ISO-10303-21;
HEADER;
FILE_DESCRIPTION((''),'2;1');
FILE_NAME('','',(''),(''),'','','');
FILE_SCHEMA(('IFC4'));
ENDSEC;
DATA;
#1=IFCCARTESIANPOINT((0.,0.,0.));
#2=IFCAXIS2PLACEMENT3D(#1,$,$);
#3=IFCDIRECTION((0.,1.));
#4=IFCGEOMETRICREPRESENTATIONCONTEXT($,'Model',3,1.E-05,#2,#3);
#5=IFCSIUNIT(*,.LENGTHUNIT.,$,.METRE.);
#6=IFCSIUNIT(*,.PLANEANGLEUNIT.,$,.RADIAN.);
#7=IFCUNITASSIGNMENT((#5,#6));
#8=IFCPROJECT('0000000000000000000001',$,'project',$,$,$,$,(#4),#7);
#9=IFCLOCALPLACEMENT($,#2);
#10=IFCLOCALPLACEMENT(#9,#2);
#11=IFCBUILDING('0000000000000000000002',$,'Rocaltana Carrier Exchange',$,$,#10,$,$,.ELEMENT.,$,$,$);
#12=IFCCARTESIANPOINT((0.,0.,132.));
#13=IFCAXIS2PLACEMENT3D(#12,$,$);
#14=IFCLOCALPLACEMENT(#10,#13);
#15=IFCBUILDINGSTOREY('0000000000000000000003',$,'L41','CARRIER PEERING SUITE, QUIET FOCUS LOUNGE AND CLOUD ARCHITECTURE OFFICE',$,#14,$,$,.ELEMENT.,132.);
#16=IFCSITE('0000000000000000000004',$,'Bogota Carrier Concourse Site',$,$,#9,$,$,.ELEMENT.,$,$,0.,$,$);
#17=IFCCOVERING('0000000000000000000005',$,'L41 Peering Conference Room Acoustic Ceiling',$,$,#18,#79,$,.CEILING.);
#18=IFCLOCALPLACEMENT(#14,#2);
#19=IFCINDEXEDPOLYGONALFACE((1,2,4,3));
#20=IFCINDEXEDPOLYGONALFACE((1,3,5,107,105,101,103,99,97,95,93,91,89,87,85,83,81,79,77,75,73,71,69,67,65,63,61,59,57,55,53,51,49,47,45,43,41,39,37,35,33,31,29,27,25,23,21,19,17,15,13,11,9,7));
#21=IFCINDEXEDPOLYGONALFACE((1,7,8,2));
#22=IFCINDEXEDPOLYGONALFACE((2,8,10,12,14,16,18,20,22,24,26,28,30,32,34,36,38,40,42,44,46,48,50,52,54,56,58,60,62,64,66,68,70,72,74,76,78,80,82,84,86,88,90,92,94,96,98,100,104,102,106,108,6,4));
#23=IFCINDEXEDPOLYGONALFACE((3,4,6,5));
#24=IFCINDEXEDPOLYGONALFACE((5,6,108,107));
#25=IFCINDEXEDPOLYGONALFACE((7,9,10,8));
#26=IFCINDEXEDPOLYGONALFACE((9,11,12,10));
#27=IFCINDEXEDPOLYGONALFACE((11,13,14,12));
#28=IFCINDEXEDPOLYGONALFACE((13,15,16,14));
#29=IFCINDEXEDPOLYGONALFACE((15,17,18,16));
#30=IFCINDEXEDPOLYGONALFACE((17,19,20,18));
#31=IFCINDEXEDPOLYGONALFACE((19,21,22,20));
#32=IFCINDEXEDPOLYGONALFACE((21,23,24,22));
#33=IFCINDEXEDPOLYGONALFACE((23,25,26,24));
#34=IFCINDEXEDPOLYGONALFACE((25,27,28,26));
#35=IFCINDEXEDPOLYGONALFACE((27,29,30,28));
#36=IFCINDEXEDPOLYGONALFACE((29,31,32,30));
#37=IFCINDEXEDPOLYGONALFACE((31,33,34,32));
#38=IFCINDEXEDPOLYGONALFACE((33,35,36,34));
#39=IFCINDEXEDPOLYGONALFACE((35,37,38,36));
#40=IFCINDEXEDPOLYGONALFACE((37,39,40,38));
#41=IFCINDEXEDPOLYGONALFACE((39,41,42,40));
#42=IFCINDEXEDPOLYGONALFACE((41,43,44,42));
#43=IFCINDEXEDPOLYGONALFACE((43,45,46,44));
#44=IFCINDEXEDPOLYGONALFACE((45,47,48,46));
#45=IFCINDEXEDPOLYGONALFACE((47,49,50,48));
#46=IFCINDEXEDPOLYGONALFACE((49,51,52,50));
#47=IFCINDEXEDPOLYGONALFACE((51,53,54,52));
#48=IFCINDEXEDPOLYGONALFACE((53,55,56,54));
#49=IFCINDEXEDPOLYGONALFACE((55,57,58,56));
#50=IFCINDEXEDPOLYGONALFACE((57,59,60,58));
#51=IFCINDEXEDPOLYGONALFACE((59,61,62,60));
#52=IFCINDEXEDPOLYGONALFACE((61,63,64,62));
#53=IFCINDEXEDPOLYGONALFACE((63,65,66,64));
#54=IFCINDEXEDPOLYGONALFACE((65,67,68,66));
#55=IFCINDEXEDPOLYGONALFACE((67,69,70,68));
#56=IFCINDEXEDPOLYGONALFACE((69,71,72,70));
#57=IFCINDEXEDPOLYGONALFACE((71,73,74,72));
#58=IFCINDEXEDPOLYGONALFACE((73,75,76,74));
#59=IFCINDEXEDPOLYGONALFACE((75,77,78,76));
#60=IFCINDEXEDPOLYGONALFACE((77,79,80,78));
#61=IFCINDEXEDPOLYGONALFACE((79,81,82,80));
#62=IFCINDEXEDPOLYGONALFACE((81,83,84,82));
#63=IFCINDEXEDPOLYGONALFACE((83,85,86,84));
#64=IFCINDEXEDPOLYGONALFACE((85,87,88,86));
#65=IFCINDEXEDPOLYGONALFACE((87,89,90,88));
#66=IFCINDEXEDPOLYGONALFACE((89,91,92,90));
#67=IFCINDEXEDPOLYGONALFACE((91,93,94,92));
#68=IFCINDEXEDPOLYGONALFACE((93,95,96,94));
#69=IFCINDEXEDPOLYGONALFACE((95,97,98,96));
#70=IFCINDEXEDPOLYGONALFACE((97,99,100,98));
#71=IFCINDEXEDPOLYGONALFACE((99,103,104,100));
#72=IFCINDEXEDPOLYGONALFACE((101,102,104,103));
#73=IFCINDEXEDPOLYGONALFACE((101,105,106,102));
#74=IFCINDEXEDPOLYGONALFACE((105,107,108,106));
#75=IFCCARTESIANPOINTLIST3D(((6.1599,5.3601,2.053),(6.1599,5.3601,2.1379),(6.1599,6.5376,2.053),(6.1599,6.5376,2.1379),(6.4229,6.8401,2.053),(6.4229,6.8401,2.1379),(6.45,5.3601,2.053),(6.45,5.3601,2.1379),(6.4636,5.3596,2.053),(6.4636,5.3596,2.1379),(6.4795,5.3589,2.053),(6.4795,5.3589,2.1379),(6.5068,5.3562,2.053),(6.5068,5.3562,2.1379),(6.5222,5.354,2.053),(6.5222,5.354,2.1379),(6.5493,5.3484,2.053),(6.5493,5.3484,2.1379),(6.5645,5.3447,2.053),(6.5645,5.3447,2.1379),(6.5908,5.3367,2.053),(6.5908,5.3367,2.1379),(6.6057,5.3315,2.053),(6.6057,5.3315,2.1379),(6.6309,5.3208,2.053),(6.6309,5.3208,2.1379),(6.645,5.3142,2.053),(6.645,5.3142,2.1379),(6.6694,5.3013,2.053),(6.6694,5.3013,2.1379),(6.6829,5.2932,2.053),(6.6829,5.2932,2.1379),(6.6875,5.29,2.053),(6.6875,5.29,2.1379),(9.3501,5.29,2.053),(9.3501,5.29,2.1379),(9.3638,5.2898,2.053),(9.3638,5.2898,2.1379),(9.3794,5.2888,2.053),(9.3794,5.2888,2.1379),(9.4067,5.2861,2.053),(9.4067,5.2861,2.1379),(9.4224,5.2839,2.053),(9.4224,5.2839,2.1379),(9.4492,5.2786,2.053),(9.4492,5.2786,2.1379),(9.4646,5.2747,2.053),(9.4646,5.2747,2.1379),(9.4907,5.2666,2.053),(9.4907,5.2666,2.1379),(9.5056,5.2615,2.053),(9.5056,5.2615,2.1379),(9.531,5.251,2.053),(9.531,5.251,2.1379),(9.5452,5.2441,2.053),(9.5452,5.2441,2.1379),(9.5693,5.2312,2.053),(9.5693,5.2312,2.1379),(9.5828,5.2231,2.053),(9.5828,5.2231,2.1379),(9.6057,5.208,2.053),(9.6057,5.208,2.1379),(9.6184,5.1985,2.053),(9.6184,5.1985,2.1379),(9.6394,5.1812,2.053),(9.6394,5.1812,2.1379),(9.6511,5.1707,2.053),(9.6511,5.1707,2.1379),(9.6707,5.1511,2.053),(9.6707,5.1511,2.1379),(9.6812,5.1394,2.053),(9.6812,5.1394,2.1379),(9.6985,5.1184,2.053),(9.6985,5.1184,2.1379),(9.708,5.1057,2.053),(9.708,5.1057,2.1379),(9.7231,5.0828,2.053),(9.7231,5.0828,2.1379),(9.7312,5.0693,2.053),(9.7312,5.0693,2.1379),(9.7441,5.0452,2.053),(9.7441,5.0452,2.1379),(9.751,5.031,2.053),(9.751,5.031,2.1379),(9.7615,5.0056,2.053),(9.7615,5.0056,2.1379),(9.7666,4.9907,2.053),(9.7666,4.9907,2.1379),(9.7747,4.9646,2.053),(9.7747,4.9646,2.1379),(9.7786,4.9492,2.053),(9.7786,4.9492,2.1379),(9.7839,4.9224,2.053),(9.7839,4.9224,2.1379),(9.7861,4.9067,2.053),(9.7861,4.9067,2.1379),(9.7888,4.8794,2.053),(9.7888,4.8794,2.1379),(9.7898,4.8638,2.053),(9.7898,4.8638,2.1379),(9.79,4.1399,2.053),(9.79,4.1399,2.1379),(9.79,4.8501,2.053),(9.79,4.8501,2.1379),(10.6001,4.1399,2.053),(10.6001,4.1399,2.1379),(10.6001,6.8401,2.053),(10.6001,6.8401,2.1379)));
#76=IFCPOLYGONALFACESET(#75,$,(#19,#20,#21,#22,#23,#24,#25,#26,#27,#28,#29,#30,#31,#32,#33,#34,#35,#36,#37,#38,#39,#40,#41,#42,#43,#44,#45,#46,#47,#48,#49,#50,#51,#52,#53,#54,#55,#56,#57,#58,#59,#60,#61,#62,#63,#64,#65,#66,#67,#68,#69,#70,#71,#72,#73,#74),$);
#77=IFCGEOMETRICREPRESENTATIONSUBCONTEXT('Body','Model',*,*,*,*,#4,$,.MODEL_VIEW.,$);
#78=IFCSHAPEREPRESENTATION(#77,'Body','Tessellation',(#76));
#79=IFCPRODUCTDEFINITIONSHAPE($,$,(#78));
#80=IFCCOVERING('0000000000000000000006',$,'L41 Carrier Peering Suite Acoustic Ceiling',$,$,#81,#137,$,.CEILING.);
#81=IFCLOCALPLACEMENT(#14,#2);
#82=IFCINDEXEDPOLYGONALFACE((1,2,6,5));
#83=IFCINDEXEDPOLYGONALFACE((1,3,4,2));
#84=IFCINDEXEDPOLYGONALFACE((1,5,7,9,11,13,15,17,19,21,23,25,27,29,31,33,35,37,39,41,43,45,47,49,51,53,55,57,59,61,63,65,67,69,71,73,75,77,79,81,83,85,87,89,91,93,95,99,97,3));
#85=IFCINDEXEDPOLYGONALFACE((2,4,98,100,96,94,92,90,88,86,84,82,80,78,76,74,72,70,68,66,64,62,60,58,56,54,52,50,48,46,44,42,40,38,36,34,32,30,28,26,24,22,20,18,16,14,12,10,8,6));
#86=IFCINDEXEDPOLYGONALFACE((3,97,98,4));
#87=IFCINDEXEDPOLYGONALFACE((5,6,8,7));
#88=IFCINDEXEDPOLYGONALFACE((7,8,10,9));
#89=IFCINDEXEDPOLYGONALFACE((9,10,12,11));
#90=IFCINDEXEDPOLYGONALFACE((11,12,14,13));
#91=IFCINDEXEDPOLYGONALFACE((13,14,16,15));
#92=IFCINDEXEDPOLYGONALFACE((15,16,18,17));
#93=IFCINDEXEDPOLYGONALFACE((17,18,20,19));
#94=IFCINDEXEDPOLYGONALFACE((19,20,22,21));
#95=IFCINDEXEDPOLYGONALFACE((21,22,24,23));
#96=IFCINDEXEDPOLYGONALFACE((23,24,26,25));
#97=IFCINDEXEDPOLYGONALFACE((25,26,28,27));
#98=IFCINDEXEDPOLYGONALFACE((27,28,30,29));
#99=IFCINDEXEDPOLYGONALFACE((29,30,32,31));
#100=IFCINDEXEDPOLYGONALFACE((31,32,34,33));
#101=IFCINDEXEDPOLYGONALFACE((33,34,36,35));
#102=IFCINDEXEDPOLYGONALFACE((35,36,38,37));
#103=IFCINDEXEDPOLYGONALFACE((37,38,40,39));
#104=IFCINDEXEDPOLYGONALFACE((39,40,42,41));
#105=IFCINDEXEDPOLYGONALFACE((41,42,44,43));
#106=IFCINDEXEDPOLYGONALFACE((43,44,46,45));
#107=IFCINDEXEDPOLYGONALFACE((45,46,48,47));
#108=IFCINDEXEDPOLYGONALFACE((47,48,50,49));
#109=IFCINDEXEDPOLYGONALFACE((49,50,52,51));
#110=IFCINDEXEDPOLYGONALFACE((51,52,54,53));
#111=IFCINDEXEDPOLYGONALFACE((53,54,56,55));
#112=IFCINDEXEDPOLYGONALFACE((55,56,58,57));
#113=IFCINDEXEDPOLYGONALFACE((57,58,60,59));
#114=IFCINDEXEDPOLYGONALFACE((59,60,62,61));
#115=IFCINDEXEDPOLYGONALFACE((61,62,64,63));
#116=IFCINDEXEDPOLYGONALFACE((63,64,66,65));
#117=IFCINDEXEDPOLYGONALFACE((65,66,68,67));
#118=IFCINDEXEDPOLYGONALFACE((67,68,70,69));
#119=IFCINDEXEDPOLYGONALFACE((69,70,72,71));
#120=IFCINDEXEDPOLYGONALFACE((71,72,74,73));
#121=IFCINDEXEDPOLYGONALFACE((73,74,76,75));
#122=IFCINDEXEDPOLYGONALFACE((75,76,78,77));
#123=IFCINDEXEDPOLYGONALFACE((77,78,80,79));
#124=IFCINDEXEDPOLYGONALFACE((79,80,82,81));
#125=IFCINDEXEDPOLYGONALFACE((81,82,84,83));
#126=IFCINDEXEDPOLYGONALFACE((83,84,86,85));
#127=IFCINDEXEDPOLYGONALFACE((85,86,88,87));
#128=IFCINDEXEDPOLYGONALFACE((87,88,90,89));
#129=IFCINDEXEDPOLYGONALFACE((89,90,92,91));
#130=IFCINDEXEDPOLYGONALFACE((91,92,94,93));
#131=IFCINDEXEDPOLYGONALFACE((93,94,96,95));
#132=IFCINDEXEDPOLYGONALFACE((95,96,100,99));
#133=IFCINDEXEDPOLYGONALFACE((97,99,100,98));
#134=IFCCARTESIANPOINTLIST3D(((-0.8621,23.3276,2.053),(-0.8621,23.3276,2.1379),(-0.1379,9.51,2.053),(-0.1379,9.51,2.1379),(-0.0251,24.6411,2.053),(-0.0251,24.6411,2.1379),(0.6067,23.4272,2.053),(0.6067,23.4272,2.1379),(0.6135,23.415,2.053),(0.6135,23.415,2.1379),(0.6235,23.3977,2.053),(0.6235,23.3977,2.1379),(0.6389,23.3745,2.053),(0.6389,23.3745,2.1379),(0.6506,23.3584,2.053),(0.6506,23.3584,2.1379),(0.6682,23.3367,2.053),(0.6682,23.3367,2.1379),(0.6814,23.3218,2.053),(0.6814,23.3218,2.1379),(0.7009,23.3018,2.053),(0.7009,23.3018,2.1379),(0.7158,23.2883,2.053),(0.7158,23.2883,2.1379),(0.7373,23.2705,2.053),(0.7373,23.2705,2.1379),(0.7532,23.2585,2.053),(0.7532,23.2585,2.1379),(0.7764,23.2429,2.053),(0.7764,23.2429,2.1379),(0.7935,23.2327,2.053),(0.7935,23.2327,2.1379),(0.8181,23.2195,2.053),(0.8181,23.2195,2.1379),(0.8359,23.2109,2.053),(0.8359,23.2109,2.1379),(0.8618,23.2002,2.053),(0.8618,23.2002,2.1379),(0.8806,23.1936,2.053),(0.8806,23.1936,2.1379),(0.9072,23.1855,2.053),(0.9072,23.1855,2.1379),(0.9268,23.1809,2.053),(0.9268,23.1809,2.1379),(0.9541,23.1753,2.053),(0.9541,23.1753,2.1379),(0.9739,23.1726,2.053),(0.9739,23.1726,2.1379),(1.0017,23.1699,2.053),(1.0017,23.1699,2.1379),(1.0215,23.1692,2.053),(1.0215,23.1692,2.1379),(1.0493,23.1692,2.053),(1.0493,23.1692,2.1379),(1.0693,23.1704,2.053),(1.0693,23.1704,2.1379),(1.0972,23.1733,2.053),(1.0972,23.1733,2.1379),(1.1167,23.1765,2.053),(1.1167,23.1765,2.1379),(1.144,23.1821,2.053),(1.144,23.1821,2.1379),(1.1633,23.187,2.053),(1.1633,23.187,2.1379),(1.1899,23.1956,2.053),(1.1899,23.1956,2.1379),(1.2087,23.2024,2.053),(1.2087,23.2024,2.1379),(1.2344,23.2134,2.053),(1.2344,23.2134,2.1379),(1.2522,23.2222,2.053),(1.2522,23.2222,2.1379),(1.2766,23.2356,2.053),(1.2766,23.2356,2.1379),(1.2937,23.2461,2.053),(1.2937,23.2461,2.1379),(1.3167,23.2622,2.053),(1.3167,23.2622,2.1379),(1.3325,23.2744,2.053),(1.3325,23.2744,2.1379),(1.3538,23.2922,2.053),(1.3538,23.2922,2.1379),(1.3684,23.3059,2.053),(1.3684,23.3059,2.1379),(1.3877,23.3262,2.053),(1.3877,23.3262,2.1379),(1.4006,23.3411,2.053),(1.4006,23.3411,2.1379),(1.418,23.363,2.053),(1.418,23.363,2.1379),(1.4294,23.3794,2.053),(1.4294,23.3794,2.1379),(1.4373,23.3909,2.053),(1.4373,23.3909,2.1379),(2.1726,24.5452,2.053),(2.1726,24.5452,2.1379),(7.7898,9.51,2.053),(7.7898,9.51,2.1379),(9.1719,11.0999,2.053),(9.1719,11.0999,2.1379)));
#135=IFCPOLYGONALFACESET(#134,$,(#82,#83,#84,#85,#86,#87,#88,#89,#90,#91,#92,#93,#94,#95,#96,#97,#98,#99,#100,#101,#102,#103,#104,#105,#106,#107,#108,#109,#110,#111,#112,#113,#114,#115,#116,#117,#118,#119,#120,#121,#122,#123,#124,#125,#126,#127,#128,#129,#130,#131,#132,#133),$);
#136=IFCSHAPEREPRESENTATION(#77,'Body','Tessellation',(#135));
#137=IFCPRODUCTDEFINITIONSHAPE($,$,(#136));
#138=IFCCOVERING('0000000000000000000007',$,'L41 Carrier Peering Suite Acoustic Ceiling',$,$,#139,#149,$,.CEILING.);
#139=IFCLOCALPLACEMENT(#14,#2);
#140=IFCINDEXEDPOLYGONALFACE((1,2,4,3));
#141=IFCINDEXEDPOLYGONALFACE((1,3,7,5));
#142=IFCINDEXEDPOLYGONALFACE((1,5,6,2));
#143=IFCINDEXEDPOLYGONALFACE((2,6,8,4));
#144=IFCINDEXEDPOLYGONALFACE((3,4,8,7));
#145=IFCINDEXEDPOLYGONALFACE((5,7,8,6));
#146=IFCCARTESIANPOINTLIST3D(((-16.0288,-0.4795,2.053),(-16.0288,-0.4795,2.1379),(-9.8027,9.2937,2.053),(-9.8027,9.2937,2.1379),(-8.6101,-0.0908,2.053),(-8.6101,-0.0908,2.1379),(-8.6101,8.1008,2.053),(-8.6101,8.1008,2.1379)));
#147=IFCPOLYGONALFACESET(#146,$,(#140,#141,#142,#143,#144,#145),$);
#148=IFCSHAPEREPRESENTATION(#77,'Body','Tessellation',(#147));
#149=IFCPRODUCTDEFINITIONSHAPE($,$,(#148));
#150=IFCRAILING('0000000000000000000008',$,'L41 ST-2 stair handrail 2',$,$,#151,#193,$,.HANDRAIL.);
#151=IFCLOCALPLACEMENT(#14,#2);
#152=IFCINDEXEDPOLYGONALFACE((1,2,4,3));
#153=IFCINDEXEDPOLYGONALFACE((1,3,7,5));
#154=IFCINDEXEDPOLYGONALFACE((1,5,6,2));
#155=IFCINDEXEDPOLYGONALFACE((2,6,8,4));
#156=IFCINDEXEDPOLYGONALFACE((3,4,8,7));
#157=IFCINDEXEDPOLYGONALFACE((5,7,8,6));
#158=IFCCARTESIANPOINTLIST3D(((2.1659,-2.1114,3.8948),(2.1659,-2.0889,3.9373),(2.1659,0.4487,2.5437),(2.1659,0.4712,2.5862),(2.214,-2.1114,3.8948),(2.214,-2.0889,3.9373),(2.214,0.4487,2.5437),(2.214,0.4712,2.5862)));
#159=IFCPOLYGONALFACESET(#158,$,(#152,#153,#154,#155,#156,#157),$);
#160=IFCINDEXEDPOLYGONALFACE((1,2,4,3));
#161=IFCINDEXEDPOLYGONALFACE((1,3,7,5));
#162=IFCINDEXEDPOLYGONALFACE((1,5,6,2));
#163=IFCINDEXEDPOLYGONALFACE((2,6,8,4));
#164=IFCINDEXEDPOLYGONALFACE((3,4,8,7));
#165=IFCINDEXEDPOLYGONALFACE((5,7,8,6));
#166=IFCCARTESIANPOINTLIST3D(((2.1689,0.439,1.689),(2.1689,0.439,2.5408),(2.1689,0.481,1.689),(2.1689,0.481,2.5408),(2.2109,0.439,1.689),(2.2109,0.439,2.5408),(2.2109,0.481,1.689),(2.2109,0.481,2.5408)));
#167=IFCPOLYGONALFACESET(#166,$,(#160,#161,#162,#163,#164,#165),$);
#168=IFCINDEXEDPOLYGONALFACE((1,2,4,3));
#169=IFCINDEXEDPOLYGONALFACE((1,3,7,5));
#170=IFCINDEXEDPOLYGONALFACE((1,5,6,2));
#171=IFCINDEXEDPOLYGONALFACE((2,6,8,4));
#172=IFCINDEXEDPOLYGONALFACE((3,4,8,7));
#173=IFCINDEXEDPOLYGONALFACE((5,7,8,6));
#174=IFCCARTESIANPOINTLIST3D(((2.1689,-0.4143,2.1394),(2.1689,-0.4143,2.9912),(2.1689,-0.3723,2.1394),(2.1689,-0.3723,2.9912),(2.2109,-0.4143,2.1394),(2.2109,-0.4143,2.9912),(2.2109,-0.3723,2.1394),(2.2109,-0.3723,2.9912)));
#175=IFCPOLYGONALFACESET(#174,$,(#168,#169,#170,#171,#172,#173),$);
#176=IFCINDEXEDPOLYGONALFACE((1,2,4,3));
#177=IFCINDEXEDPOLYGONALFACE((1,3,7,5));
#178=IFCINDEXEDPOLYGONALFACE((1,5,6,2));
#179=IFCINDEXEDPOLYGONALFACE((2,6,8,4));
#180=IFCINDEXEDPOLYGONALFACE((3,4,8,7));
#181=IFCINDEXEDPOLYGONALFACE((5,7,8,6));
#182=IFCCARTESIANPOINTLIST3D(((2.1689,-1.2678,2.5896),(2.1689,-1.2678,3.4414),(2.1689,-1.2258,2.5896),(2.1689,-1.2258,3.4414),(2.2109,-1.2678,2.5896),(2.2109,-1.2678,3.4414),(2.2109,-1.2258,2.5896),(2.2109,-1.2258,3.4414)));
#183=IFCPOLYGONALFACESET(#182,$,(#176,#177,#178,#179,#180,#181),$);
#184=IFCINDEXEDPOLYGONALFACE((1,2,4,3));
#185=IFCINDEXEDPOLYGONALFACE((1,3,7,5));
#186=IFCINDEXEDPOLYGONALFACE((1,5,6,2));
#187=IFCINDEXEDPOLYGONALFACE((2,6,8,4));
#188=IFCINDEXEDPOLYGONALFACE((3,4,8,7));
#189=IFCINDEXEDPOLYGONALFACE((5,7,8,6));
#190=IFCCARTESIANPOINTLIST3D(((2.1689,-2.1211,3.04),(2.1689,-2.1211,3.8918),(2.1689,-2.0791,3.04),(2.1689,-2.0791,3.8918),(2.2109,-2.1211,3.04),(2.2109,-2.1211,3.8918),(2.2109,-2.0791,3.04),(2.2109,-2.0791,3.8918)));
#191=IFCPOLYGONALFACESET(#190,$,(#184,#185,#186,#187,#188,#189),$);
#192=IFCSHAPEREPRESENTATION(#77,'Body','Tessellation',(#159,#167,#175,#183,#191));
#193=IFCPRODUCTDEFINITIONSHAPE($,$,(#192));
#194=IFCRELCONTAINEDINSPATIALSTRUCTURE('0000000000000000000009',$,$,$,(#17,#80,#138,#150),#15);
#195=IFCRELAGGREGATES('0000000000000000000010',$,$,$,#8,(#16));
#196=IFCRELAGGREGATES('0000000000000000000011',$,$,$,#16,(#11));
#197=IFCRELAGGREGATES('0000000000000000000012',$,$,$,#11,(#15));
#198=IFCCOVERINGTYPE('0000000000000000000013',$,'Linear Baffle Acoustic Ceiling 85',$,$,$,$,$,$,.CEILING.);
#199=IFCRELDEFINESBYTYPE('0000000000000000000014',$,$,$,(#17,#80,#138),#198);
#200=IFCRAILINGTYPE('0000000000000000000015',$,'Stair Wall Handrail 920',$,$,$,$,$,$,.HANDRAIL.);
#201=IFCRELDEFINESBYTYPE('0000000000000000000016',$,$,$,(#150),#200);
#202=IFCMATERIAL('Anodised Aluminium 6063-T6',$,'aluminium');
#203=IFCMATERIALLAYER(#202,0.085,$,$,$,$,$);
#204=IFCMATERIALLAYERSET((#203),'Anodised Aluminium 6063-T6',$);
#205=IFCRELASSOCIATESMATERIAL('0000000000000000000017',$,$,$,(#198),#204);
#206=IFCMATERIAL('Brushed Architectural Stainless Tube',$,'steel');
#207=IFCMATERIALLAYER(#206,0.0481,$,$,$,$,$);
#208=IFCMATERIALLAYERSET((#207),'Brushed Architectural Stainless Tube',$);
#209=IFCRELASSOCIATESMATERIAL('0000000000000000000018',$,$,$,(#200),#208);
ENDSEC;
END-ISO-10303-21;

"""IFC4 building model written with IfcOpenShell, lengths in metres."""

from ifc_helpers import new_model, si_unit, direction, frame, origin, origin_2d, place, context, subcontext, project, spatial, polyline, rectangle, outline, extrude, material, layer, layer_set, type_object, element, save


model = new_model("IFC4")

# Units and contexts
model_context = context("Model", 3, precision=1e-05, world=origin(), true_north=direction((0.0, 1.0)))
body_context = subcontext(model_context, "Body", "Model", "MODEL_VIEW")
ifc_project = project(units=[si_unit("LENGTHUNIT", "METRE"), si_unit("PLANEANGLEUNIT", "RADIAN")], contexts=[model_context])

# Site, building, storey
site_placement = place(None, origin())
site = spatial("IfcSite", under=ifc_project, at=site_placement, Name="Bogota Carrier Concourse Site", CompositionType="ELEMENT", RefElevation=0.0)
building_placement = place(site_placement, origin())
building = spatial("IfcBuilding", under=site, at=building_placement, Name="Rocaltana Carrier Exchange", CompositionType="ELEMENT")
storey_placement = place(building_placement, frame((0.0, 0.0, 132.0)))
storey = spatial("IfcBuildingStorey", under=building, at=storey_placement, Name="L41", Description="CARRIER PEERING SUITE, QUIET FOCUS LOUNGE AND CLOUD ARCHITECTURE OFFICE", CompositionType="ELEMENT", Elevation=132.0)

# Coverings
ifc_material_1 = material(Name="Anodised Aluminium 6063-T6", Category="aluminium")
ifc_layer_1 = layer(ifc_material_1, 0.085)
ifc_layer_set_1 = layer_set([ifc_layer_1], Name="Anodised Aluminium 6063-T6")
covering_type_1 = type_object("IfcCoveringType", Name="Linear Baffle Acoustic Ceiling 85", PredefinedType="CEILING", material=ifc_layer_set_1)
covering_1_placement = place(storey_placement, frame((0.0, 0.0, 2.053)))
element("IfcCovering", 1, at=covering_1_placement, inside=storey, type_object=covering_type_1, Name="L41 Peering Conference Room Acoustic Ceiling", PredefinedType="CEILING", context=body_context, shape_type="SweptSolid", body=[
    extrude(outline(polyline([(6.6875, 5.29), (6.6829, 5.2932), (6.6694, 5.3013), (6.645, 5.3142), (6.6309, 5.3208), (6.6057, 5.3315), (6.5908, 5.3367), (6.5645, 5.3447), (6.5493, 5.3484), (6.5222, 5.354), (6.5068, 5.3562), (6.4795, 5.3589), (6.4636, 5.3596), (6.45, 5.3601), (6.1599, 5.3601), (6.1599, 6.5376), (6.4229, 6.8401), (10.6001, 6.8401), (10.6001, 4.1399), (9.79, 4.1399), (9.79, 4.8501), (9.7898, 4.8638), (9.7888, 4.8794), (9.7861, 4.9067), (9.7839, 4.9224), (9.7786, 4.9492), (9.7747, 4.9646), (9.7666, 4.9907), (9.7615, 5.0056), (9.751, 5.031), (9.7441, 5.0452), (9.7312, 5.0693), (9.7231, 5.0828), (9.708, 5.1057), (9.6985, 5.1184), (9.6812, 5.1394), (9.6707, 5.1511), (9.6511, 5.1707), (9.6394, 5.1812), (9.6184, 5.1985), (9.6057, 5.208), (9.5828, 5.2231), (9.5693, 5.2312), (9.5452, 5.2441), (9.531, 5.251), (9.5056, 5.2615), (9.4907, 5.2666), (9.4646, 5.2747), (9.4492, 5.2786), (9.4224, 5.2839), (9.4067, 5.2861), (9.3794, 5.2888), (9.3638, 5.2898), (9.3501, 5.29), (6.6875, 5.29)])), origin(), (0.0, 0.0, 1.0), 0.085),
])
covering_2_placement = place(storey_placement, frame((0.0, 0.0, 2.053)))
element("IfcCovering", 2, at=covering_2_placement, inside=storey, type_object=covering_type_1, Name="L41 Carrier Peering Suite Acoustic Ceiling", PredefinedType="CEILING", context=body_context, shape_type="SweptSolid", body=[
    extrude(outline(polyline([(-0.0251, 24.6411), (0.6067, 23.4272), (0.6135, 23.415), (0.6235, 23.3977), (0.6389, 23.3745), (0.6506, 23.3584), (0.6682, 23.3367), (0.6814, 23.3218), (0.7009, 23.3018), (0.7158, 23.2883), (0.7373, 23.2705), (0.7532, 23.2585), (0.7764, 23.2429), (0.7935, 23.2327), (0.8181, 23.2195), (0.8359, 23.2109), (0.8618, 23.2002), (0.8806, 23.1936), (0.9072, 23.1855), (0.9268, 23.1809), (0.9541, 23.1753), (0.9739, 23.1726), (1.0017, 23.1699), (1.0215, 23.1692), (1.0493, 23.1692), (1.0693, 23.1704), (1.0972, 23.1733), (1.1167, 23.1765), (1.144, 23.1821), (1.1633, 23.187), (1.1899, 23.1956), (1.2087, 23.2024), (1.2344, 23.2134), (1.2522, 23.2222), (1.2766, 23.2356), (1.2937, 23.2461), (1.3167, 23.2622), (1.3325, 23.2744), (1.3538, 23.2922), (1.3684, 23.3059), (1.3877, 23.3262), (1.4006, 23.3411), (1.418, 23.363), (1.4294, 23.3794), (1.4373, 23.3909), (2.1726, 24.5452), (9.1719, 11.0999), (7.7898, 9.51), (-0.1379, 9.51), (-0.8621, 23.3276), (-0.0251, 24.6411)])), origin(), (0.0, 0.0, 1.0), 0.085),
])
covering_3_placement = place(storey_placement, frame((0.0, 0.0, 2.053)))
element("IfcCovering", 3, at=covering_3_placement, inside=storey, type_object=covering_type_1, Name="L41 Carrier Peering Suite Acoustic Ceiling", PredefinedType="CEILING", context=body_context, shape_type="SweptSolid", body=[
    extrude(outline(polyline([(-9.8027, 9.2937), (-8.6101, 8.1008), (-8.6101, -0.0908), (-16.0288, -0.4795), (-9.8027, 9.2937)])), origin(), (0.0, 0.0, 1.0), 0.085),
])

# Railing
ifc_material_2 = material(Name="Brushed Architectural Stainless Tube", Category="steel")
ifc_layer_2 = layer(ifc_material_2, 0.0481)
ifc_layer_set_2 = layer_set([ifc_layer_2], Name="Brushed Architectural Stainless Tube")
railing_type_1 = type_object("IfcRailingType", Name="Stair Wall Handrail 920", PredefinedType="HANDRAIL", material=ifc_layer_set_2)
railing_1_placement = place(storey_placement, frame((2.1899, 0.46, 1.689)))
element("IfcRailing", 4, at=railing_1_placement, inside=storey, type_object=railing_type_1, Name="L41 ST-2 stair handrail 2", PredefinedType="HANDRAIL", context=body_context, shape_type="SweptSolid", body=[
    extrude(rectangle(XDim=0.0481, YDim=0.0481, at=origin_2d()), frame((0.0, 0.0, 0.876), z_axis=(0.0, -0.884394, 0.46674), x_axis=(1.0, 0.0, 0.0)), (0.0, 0.0, 1.0), 2.8948),
    extrude(rectangle(XDim=0.042, YDim=0.042, at=origin_2d()), origin(), (0.0, 0.0, 1.0), 0.8518),
    extrude(rectangle(XDim=0.042, YDim=0.042, at=origin_2d()), frame((0.0, -0.8533, 0.4504)), (0.0, 0.0, 1.0), 0.8518),
    extrude(rectangle(XDim=0.042, YDim=0.042, at=origin_2d()), frame((0.0, -1.7068, 0.9006)), (0.0, 0.0, 1.0), 0.8518),
    extrude(rectangle(XDim=0.042, YDim=0.042, at=origin_2d()), frame((0.0, -2.5601, 1.3511)), (0.0, 0.0, 1.0), 0.8518),
])

save(model, "model.ifc")
